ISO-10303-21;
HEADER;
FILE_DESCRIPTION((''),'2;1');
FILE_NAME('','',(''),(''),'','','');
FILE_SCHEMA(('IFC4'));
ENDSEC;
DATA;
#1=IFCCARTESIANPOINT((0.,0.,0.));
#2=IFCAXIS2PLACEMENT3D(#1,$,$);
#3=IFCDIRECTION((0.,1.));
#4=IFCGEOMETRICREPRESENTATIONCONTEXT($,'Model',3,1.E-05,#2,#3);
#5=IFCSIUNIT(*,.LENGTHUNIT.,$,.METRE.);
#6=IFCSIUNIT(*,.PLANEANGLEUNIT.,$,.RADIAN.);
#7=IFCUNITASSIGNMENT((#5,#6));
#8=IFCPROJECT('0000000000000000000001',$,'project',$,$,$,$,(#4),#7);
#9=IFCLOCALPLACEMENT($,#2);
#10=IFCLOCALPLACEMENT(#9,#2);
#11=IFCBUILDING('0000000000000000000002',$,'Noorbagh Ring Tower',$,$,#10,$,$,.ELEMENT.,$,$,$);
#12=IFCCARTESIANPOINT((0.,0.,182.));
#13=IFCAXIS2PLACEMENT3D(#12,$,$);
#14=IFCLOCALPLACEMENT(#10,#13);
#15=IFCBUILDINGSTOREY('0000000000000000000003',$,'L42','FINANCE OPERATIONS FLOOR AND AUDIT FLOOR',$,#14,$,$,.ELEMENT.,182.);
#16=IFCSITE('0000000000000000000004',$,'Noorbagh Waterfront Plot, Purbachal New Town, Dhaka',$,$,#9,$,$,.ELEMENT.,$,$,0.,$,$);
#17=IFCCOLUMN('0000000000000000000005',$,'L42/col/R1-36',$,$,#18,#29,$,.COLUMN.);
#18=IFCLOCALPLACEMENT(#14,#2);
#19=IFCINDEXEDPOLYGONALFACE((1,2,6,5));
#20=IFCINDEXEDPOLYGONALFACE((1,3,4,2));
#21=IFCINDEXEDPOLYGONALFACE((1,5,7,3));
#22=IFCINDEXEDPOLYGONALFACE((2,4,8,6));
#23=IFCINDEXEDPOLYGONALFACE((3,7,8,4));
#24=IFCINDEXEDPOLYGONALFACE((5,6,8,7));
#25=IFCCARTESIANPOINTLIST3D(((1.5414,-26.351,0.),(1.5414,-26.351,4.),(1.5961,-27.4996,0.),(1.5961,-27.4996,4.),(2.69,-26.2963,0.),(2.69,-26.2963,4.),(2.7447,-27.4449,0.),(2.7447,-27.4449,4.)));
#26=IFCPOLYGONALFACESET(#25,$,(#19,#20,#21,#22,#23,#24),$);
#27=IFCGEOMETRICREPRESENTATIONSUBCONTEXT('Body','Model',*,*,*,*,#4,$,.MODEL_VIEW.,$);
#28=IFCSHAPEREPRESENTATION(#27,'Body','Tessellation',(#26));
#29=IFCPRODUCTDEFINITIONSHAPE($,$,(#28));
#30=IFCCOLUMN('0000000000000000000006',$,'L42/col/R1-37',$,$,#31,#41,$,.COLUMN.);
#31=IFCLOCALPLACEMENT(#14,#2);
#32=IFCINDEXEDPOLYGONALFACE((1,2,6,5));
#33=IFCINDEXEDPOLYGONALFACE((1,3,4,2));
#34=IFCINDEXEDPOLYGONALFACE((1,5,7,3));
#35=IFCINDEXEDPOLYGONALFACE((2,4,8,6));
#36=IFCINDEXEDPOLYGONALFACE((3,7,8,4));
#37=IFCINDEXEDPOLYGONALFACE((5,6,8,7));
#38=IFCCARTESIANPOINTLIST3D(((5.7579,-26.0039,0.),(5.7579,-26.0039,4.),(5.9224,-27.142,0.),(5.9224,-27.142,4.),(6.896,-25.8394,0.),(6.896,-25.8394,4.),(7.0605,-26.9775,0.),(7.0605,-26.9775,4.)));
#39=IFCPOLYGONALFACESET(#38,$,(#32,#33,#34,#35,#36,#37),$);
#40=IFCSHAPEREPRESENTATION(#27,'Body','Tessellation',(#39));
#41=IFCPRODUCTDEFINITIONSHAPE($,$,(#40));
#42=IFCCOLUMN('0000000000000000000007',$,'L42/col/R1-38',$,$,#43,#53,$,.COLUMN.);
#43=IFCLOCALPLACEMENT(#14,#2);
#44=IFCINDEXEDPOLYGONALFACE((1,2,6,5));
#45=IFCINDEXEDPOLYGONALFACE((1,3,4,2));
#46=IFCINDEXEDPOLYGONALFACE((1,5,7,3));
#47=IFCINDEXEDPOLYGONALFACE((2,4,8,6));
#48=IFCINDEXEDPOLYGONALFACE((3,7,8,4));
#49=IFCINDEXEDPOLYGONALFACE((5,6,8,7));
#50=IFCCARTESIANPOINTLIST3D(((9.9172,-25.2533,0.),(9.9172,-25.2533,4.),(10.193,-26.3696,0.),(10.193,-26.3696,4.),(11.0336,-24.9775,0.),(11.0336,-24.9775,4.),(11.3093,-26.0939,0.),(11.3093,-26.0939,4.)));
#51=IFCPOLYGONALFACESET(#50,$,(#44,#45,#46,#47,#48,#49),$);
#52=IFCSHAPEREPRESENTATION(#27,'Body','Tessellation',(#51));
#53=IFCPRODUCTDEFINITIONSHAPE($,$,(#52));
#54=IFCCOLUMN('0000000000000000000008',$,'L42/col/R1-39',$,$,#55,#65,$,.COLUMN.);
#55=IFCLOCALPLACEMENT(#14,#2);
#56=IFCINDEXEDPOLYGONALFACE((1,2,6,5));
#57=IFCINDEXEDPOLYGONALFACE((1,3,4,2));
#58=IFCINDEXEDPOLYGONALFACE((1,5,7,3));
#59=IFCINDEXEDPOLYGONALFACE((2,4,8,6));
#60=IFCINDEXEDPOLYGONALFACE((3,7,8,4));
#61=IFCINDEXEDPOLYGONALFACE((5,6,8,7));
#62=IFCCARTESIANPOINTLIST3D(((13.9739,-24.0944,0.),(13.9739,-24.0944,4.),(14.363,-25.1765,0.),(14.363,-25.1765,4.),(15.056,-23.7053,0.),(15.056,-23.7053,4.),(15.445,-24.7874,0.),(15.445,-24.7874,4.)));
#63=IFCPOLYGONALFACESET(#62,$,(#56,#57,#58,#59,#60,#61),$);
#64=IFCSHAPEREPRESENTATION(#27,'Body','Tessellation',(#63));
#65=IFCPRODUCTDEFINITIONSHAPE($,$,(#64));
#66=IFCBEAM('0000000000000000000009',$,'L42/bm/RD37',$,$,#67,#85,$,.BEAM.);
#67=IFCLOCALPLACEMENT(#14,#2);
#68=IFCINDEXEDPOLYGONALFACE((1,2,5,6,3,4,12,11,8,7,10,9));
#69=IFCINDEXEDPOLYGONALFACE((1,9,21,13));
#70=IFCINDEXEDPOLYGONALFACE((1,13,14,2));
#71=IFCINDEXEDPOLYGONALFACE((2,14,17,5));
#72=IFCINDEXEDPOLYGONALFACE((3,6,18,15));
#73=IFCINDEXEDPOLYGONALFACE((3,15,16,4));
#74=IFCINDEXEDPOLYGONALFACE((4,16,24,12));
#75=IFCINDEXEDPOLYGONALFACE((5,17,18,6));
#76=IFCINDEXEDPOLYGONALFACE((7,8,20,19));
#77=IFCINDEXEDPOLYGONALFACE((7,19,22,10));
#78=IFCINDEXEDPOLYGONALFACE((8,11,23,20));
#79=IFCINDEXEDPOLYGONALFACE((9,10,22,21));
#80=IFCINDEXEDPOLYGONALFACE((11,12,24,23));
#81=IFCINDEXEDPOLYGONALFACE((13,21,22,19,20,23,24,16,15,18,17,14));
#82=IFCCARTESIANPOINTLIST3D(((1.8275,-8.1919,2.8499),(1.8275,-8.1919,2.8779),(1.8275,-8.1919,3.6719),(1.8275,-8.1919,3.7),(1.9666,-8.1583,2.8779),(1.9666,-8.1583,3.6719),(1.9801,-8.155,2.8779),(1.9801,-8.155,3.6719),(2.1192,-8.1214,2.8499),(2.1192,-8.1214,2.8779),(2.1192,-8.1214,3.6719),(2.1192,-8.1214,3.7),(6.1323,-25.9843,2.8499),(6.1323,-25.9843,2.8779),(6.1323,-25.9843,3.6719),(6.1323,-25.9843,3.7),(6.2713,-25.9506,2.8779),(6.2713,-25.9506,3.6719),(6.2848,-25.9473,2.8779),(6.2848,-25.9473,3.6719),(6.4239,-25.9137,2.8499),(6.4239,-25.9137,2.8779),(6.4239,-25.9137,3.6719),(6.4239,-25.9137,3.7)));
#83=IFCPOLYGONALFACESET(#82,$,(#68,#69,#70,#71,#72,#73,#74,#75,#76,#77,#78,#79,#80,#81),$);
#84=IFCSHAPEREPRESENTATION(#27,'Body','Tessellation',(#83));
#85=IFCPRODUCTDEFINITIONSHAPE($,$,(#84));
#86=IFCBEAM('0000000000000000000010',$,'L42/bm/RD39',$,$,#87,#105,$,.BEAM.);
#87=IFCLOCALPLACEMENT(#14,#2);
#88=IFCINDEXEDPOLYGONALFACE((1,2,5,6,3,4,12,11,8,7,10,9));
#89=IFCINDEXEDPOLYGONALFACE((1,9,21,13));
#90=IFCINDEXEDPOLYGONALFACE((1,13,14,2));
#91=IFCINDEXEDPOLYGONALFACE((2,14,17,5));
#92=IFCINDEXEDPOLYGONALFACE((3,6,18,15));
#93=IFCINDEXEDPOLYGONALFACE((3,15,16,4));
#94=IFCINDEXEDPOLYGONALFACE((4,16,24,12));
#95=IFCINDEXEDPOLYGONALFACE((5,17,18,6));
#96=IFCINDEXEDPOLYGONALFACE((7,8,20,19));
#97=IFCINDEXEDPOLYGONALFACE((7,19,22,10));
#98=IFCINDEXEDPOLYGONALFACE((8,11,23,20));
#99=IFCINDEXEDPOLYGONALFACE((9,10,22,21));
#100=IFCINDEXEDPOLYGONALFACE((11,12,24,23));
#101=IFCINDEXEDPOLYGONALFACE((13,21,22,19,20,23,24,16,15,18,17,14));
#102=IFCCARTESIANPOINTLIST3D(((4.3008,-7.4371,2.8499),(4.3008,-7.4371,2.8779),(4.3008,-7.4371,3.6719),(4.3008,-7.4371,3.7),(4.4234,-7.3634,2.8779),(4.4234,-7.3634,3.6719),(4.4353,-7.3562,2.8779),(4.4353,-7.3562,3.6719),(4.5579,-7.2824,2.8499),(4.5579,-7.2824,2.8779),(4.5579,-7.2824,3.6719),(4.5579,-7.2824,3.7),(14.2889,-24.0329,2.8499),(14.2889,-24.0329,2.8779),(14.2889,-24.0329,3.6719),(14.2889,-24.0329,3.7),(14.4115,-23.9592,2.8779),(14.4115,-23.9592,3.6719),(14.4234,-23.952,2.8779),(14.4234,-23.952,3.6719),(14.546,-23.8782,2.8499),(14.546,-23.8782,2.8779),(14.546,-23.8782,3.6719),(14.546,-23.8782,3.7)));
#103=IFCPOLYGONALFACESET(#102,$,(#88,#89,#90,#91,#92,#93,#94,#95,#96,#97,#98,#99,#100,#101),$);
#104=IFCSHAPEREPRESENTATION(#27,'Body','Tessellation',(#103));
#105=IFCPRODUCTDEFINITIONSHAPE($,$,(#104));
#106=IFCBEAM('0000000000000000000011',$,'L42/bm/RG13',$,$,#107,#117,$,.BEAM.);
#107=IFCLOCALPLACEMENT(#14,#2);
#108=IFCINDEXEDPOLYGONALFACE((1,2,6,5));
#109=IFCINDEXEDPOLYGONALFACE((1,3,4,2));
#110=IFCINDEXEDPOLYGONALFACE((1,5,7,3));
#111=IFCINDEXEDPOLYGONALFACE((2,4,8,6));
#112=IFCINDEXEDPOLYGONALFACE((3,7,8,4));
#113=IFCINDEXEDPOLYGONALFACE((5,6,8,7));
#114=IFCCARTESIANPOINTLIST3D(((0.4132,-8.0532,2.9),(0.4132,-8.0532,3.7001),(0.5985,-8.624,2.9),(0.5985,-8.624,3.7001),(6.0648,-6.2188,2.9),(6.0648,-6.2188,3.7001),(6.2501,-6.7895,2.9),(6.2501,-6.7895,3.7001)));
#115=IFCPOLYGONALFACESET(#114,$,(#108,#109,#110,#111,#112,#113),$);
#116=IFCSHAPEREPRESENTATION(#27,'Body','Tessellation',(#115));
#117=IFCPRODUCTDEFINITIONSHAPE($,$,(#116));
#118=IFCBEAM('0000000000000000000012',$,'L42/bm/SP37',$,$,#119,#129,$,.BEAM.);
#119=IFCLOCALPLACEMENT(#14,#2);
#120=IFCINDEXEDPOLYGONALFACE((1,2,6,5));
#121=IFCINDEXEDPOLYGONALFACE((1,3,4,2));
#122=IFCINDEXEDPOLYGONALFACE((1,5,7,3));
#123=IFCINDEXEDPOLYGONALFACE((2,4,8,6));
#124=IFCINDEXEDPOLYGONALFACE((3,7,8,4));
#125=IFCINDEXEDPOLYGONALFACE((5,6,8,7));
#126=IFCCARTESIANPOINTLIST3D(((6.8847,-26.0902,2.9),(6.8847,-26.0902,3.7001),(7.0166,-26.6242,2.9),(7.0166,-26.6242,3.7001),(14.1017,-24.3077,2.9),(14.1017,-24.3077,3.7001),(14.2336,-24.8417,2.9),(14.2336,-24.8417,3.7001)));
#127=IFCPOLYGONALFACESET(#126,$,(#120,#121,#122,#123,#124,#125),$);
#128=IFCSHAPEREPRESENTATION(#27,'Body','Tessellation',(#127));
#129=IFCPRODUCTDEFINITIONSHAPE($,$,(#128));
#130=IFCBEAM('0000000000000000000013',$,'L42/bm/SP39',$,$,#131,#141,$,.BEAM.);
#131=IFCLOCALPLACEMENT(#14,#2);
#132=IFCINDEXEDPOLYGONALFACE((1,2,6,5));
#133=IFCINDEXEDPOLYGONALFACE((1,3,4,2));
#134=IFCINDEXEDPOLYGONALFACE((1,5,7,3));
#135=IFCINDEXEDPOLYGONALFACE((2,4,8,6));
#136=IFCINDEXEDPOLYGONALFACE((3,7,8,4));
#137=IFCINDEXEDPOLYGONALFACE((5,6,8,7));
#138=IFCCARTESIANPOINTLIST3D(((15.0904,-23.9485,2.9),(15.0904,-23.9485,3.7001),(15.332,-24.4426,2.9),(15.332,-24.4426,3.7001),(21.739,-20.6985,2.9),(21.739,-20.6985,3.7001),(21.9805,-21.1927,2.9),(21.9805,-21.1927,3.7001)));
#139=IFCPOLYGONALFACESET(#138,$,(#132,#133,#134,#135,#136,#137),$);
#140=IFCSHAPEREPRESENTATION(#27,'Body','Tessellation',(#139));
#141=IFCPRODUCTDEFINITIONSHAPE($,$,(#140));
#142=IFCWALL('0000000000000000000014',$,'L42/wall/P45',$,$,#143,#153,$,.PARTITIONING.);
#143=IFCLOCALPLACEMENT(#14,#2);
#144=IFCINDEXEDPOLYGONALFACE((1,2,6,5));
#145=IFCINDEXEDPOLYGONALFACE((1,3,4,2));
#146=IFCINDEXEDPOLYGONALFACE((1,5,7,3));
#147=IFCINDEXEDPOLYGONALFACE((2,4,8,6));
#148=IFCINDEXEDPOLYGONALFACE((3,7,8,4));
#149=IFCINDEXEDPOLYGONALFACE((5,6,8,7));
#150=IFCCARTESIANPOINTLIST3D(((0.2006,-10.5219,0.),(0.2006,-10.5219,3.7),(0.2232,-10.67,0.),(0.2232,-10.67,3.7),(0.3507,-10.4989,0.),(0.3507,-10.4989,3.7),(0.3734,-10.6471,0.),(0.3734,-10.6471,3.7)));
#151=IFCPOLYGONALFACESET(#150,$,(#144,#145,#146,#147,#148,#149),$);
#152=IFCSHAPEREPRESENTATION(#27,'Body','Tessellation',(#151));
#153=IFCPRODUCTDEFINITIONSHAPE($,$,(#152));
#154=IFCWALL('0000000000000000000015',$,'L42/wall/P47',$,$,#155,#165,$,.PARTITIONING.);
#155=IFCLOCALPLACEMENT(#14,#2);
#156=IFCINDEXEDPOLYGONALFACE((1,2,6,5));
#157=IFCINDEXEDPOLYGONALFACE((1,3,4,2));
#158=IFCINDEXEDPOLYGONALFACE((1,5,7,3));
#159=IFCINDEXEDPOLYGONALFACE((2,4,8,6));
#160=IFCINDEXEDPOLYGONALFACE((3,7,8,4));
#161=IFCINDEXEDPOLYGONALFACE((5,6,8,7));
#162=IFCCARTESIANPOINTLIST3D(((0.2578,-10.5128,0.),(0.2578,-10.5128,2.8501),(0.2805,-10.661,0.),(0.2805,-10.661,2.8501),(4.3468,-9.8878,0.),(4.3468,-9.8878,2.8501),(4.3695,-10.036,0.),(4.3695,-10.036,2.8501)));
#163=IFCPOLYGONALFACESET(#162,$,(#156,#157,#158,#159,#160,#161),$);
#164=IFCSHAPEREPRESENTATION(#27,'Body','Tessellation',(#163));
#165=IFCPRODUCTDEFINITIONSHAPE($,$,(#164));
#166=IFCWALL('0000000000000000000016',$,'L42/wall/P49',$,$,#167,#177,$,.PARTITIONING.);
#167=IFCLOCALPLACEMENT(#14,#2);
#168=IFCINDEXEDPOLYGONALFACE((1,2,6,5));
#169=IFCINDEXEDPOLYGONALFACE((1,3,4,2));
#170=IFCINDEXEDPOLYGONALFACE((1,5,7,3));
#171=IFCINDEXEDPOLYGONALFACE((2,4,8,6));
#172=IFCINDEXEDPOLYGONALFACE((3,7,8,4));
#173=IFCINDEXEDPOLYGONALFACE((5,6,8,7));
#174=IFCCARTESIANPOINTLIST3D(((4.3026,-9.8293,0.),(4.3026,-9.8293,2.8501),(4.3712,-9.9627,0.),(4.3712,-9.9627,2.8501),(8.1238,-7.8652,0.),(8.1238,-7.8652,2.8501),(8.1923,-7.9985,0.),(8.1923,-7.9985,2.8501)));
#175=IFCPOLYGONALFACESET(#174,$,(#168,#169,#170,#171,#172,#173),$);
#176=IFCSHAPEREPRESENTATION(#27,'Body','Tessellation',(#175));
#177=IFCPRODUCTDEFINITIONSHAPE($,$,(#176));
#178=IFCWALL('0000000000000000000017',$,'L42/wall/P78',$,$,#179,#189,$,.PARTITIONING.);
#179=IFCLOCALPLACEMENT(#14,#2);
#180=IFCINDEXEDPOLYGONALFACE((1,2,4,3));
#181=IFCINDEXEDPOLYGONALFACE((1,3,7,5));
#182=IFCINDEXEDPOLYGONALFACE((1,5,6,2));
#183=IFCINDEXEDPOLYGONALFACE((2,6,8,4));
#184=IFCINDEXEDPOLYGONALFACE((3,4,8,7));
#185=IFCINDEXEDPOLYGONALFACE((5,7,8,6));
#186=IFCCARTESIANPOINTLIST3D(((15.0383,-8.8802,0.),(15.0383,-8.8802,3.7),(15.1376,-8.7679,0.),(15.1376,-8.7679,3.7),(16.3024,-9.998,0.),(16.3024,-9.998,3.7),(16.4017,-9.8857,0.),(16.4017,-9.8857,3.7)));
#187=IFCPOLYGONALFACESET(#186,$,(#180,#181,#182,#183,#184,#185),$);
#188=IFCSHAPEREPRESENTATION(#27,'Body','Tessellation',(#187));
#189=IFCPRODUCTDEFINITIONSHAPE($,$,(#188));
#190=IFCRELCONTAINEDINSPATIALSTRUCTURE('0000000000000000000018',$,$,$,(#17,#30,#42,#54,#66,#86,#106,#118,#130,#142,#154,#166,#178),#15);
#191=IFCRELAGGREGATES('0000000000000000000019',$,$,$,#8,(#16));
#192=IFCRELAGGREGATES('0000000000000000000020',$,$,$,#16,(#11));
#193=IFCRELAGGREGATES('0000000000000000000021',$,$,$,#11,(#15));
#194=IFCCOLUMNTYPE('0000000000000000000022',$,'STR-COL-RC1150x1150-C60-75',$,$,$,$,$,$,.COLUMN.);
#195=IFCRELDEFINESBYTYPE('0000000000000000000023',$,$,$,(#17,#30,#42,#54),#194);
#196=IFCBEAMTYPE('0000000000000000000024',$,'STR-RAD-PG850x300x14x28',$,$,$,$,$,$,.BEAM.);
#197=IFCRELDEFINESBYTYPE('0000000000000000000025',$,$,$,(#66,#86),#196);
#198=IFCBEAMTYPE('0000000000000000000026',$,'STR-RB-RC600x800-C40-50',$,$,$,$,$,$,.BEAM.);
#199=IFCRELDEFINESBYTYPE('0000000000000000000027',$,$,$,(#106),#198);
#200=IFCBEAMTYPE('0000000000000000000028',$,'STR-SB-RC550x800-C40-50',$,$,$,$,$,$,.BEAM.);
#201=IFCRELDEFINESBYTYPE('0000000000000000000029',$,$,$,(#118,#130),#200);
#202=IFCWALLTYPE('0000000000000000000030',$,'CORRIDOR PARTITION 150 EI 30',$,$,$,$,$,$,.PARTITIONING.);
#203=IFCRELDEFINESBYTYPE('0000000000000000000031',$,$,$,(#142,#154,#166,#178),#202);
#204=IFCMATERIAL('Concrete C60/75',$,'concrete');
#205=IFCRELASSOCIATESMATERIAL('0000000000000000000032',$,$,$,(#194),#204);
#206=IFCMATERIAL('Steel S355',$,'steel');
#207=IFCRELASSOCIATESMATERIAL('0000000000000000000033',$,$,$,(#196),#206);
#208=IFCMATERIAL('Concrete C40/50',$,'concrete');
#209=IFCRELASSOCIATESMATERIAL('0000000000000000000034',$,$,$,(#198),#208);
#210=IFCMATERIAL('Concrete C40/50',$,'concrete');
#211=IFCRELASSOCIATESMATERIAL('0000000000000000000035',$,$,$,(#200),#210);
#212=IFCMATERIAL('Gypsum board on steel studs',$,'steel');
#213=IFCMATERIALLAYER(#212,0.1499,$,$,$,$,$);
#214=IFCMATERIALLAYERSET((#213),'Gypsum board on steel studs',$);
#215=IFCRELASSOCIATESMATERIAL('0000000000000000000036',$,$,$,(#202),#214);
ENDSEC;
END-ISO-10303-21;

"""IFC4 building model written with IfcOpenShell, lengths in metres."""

from ifc_helpers import new_model, si_unit, direction, frame, frame_2d, origin, origin_2d, place, context, subcontext, project, spatial, rectangle, i_section, extrude, material, layer, layer_set, material_profile, profile_set, type_object, element, save


model = new_model("IFC4")

# Units and contexts
model_context = context("Model", 3, precision=1e-05, world=origin(), true_north=direction((0.0, 1.0)))
body_context = subcontext(model_context, "Body", "Model", "MODEL_VIEW")
ifc_project = project(units=[si_unit("LENGTHUNIT", "METRE"), si_unit("PLANEANGLEUNIT", "RADIAN")], contexts=[model_context])

# Site, building, storey
site_placement = place(None, origin())
site = spatial("IfcSite", under=ifc_project, at=site_placement, Name="Noorbagh Waterfront Plot, Purbachal New Town, Dhaka", CompositionType="ELEMENT", RefElevation=0.0)
building_placement = place(site_placement, origin())
building = spatial("IfcBuilding", under=site, at=building_placement, Name="Noorbagh Ring Tower", CompositionType="ELEMENT")
storey_placement = place(building_placement, frame((0.0, 0.0, 182.0)))
storey = spatial("IfcBuildingStorey", under=building, at=storey_placement, Name="L42", Description="FINANCE OPERATIONS FLOOR AND AUDIT FLOOR", CompositionType="ELEMENT", Elevation=182.0)

# Columns
ifc_material_1 = material(Name="Concrete C60/75", Category="concrete")
ifc_material_profile_1 = material_profile(ifc_material_1, rectangle(XDim=1.1499, YDim=1.1499, at=origin_2d()), Name="RC1150x1150")
ifc_profile_set_1 = profile_set([ifc_material_profile_1], Name="Concrete C60/75")
column_type = type_object("IfcColumnType", Name="STR-COL-RC1150x1150-C60-75", PredefinedType="COLUMN", material=ifc_profile_set_1)
for number, where, z_axis, x_axis, name in (
    (1, (2.1431, -26.8979, 0.0), (0.0, 0.0, 1.0), (0.998869, 0.047553, 0.0), "L42/col/R1-36"),
    (2, (6.4092, -26.4907, 0.0), (0.0, 0.0, 1.0), (0.989713, 0.143066, 0.0), "L42/col/R1-37"),
    (3, (10.6133, -25.6736, 0.0), (0.0, 0.0, 1.0), (0.970829, 0.239771, 0.0), "L42/col/R1-38"),
    (4, (14.7095, -24.4409, 0.0), (0.0, 0.0, 1.0), (0.941025, 0.338338, 0.0), "L42/col/R1-39"),
):
    element("IfcColumn", number, at=place(storey_placement, frame(where, z_axis=z_axis, x_axis=x_axis)), inside=storey, type_object=column_type, Name=name, PredefinedType="COLUMN", context=body_context, shape_type="SweptSolid", body=[
        extrude(rectangle(XDim=1.1499, YDim=1.1499, at=origin_2d()), origin(), (0.0, 0.0, 1.0), 4.0),
    ])

# Beams
ifc_material_2 = material(Name="Steel S355", Category="steel")
ifc_material_profile_2 = material_profile(ifc_material_2, i_section(OverallWidth=0.3, OverallDepth=0.8501, WebThickness=0.0139, FlangeThickness=0.0281, at=origin_2d()), Name="PG850x300x14x28")
ifc_profile_set_2 = profile_set([ifc_material_profile_2], Name="Steel S355")
beam_type_1 = type_object("IfcBeamType", Name="STR-RAD-PG850x300x14x28", PredefinedType="BEAM", material=ifc_profile_set_2)
beam_1_placement = place(storey_placement, frame((6.2781, -25.949, 3.2749), z_axis=(-0.235157, 0.971957, 0.0), x_axis=(-0.971957, -0.235157, 0.0)))
element("IfcBeam", 5, at=beam_1_placement, inside=storey, type_object=beam_type_1, Name="L42/bm/RD37", PredefinedType="BEAM", context=body_context, shape_type="SweptSolid", body=[
    extrude(i_section(OverallWidth=0.3, OverallDepth=0.8501, WebThickness=0.0139, FlangeThickness=0.0281, at=origin_2d()), origin(), (0.0, 0.0, 1.0), 18.3057),
])
beam_2_placement = place(storey_placement, frame((14.4175, -23.9556, 3.2749), z_axis=(-0.515657, 0.856795, 0.0), x_axis=(-0.856795, -0.515657, 0.0)))
element("IfcBeam", 6, at=beam_2_placement, inside=storey, type_object=beam_type_1, Name="L42/bm/RD39", PredefinedType="BEAM", context=body_context, shape_type="SweptSolid", body=[
    extrude(i_section(OverallWidth=0.3, OverallDepth=0.8501, WebThickness=0.0139, FlangeThickness=0.0281, at=origin_2d()), origin(), (0.0, 0.0, 1.0), 19.3696),
])
ifc_material_3 = material(Name="Concrete C40/50", Category="concrete")
ifc_material_profile_3 = material_profile(ifc_material_3, rectangle(XDim=0.6001, YDim=0.8, at=origin_2d()), Name="RC600x800")
ifc_profile_set_3 = profile_set([ifc_material_profile_3], Name="Concrete C40/50")
beam_type_2 = type_object("IfcBeamType", Name="STR-RB-RC600x800-C40-50", PredefinedType="BEAM", material=ifc_profile_set_3)
beam_3_placement = place(storey_placement, frame((0.5059, -8.3386, 3.3), z_axis=(0.951148, 0.308736, 0.0), x_axis=(-0.308736, 0.951148, 0.0)))
element("IfcBeam", 7, at=beam_3_placement, inside=storey, type_object=beam_type_2, Name="L42/bm/RG13", PredefinedType="BEAM", context=body_context, shape_type="SweptSolid", body=[
    extrude(rectangle(XDim=0.6001, YDim=0.8, at=origin_2d()), origin(), (0.0, 0.0, 1.0), 5.9419),
])
ifc_material_4 = material(Name="Concrete C40/50", Category="concrete")
ifc_material_profile_4 = material_profile(ifc_material_4, rectangle(XDim=0.55, YDim=0.8, at=origin_2d()), Name="RC550x800")
ifc_profile_set_4 = profile_set([ifc_material_profile_4], Name="Concrete C40/50")
beam_type_3 = type_object("IfcBeamType", Name="STR-SB-RC550x800-C40-50", PredefinedType="BEAM", material=ifc_profile_set_4)
beam_4_placement = place(storey_placement, frame((6.9507, -26.3572, 3.3), z_axis=(0.970828, 0.239776, 0.0), x_axis=(-0.239776, 0.970828, 0.0)))
element("IfcBeam", 8, at=beam_4_placement, inside=storey, type_object=beam_type_3, Name="L42/bm/SP37", PredefinedType="BEAM", context=body_context, shape_type="SweptSolid", body=[
    extrude(rectangle(XDim=0.55, YDim=0.8, at=origin_2d()), origin(), (0.0, 0.0, 1.0), 7.4338),
])
beam_5_placement = place(storey_placement, frame((15.2112, -24.1956, 3.3), z_axis=(0.898409, 0.439159, 0.0), x_axis=(-0.439159, 0.898409, 0.0)))
element("IfcBeam", 9, at=beam_5_placement, inside=storey, type_object=beam_type_3, Name="L42/bm/SP39", PredefinedType="BEAM", context=body_context, shape_type="SweptSolid", body=[
    extrude(rectangle(XDim=0.55, YDim=0.8, at=origin_2d()), origin(), (0.0, 0.0, 1.0), 7.4004),
])

# Walls
ifc_material_5 = material(Name="Gypsum board on steel studs", Category="steel")
ifc_layer_1 = layer(ifc_material_5, 0.1499)
ifc_layer_set_1 = layer_set([ifc_layer_1], Name="Gypsum board on steel studs")
wall_type_1 = type_object("IfcWallType", Name="CORRIDOR PARTITION 150 EI 30", PredefinedType="PARTITIONING", material=ifc_layer_set_1)
wall_1_placement = place(storey_placement, frame((0.2119, -10.5959, 0.0), z_axis=(0.0, 0.0, 1.0), x_axis=(0.98852, 0.151091, 0.0)))
element("IfcWall", 10, at=wall_1_placement, inside=storey, type_object=wall_type_1, Name="L42/wall/P45", PredefinedType="PARTITIONING", context=body_context, shape_type="SweptSolid", body=[
    extrude(rectangle(XDim=0.1519, YDim=0.1499, at=frame_2d((0.0759, 0.0))), origin(), (0.0, 0.0, 1.0), 3.7),
])
wall_2_placement = place(storey_placement, frame((0.269, -10.5869, 0.0), z_axis=(0.0, 0.0, 1.0), x_axis=(0.988519, 0.151099, 0.0)))
element("IfcWall", 11, at=wall_2_placement, inside=storey, type_object=wall_type_1, Name="L42/wall/P47", PredefinedType="PARTITIONING", context=body_context, shape_type="SweptSolid", body=[
    extrude(rectangle(XDim=4.1365, YDim=0.1499, at=frame_2d((2.0684, 0.0))), origin(), (0.0, 0.0, 1.0), 2.8501),
])
wall_3_placement = place(storey_placement, frame((4.3369, -9.896, 0.0), z_axis=(0.0, 0.0, 1.0), x_axis=(0.889382, 0.457164, 0.0)))
element("IfcWall", 12, at=wall_3_placement, inside=storey, type_object=wall_type_1, Name="L42/wall/P49", PredefinedType="PARTITIONING", context=body_context, shape_type="SweptSolid", body=[
    extrude(rectangle(XDim=4.2964, YDim=0.1499, at=frame_2d((2.1482, 0.0))), origin(), (0.0, 0.0, 1.0), 2.8501),
])
wall_4_placement = place(storey_placement, frame((16.3521, -9.9419, 0.0), z_axis=(0.0, 0.0, 1.0), x_axis=(-0.749107, 0.662449, 0.0)))
element("IfcWall", 13, at=wall_4_placement, inside=storey, type_object=wall_type_1, Name="L42/wall/P78", PredefinedType="PARTITIONING", context=body_context, shape_type="SweptSolid", body=[
    extrude(rectangle(XDim=1.6875, YDim=0.1499, at=frame_2d((0.8438, 0.0))), origin(), (0.0, 0.0, 1.0), 3.7),
])

save(model, "model.ifc")
